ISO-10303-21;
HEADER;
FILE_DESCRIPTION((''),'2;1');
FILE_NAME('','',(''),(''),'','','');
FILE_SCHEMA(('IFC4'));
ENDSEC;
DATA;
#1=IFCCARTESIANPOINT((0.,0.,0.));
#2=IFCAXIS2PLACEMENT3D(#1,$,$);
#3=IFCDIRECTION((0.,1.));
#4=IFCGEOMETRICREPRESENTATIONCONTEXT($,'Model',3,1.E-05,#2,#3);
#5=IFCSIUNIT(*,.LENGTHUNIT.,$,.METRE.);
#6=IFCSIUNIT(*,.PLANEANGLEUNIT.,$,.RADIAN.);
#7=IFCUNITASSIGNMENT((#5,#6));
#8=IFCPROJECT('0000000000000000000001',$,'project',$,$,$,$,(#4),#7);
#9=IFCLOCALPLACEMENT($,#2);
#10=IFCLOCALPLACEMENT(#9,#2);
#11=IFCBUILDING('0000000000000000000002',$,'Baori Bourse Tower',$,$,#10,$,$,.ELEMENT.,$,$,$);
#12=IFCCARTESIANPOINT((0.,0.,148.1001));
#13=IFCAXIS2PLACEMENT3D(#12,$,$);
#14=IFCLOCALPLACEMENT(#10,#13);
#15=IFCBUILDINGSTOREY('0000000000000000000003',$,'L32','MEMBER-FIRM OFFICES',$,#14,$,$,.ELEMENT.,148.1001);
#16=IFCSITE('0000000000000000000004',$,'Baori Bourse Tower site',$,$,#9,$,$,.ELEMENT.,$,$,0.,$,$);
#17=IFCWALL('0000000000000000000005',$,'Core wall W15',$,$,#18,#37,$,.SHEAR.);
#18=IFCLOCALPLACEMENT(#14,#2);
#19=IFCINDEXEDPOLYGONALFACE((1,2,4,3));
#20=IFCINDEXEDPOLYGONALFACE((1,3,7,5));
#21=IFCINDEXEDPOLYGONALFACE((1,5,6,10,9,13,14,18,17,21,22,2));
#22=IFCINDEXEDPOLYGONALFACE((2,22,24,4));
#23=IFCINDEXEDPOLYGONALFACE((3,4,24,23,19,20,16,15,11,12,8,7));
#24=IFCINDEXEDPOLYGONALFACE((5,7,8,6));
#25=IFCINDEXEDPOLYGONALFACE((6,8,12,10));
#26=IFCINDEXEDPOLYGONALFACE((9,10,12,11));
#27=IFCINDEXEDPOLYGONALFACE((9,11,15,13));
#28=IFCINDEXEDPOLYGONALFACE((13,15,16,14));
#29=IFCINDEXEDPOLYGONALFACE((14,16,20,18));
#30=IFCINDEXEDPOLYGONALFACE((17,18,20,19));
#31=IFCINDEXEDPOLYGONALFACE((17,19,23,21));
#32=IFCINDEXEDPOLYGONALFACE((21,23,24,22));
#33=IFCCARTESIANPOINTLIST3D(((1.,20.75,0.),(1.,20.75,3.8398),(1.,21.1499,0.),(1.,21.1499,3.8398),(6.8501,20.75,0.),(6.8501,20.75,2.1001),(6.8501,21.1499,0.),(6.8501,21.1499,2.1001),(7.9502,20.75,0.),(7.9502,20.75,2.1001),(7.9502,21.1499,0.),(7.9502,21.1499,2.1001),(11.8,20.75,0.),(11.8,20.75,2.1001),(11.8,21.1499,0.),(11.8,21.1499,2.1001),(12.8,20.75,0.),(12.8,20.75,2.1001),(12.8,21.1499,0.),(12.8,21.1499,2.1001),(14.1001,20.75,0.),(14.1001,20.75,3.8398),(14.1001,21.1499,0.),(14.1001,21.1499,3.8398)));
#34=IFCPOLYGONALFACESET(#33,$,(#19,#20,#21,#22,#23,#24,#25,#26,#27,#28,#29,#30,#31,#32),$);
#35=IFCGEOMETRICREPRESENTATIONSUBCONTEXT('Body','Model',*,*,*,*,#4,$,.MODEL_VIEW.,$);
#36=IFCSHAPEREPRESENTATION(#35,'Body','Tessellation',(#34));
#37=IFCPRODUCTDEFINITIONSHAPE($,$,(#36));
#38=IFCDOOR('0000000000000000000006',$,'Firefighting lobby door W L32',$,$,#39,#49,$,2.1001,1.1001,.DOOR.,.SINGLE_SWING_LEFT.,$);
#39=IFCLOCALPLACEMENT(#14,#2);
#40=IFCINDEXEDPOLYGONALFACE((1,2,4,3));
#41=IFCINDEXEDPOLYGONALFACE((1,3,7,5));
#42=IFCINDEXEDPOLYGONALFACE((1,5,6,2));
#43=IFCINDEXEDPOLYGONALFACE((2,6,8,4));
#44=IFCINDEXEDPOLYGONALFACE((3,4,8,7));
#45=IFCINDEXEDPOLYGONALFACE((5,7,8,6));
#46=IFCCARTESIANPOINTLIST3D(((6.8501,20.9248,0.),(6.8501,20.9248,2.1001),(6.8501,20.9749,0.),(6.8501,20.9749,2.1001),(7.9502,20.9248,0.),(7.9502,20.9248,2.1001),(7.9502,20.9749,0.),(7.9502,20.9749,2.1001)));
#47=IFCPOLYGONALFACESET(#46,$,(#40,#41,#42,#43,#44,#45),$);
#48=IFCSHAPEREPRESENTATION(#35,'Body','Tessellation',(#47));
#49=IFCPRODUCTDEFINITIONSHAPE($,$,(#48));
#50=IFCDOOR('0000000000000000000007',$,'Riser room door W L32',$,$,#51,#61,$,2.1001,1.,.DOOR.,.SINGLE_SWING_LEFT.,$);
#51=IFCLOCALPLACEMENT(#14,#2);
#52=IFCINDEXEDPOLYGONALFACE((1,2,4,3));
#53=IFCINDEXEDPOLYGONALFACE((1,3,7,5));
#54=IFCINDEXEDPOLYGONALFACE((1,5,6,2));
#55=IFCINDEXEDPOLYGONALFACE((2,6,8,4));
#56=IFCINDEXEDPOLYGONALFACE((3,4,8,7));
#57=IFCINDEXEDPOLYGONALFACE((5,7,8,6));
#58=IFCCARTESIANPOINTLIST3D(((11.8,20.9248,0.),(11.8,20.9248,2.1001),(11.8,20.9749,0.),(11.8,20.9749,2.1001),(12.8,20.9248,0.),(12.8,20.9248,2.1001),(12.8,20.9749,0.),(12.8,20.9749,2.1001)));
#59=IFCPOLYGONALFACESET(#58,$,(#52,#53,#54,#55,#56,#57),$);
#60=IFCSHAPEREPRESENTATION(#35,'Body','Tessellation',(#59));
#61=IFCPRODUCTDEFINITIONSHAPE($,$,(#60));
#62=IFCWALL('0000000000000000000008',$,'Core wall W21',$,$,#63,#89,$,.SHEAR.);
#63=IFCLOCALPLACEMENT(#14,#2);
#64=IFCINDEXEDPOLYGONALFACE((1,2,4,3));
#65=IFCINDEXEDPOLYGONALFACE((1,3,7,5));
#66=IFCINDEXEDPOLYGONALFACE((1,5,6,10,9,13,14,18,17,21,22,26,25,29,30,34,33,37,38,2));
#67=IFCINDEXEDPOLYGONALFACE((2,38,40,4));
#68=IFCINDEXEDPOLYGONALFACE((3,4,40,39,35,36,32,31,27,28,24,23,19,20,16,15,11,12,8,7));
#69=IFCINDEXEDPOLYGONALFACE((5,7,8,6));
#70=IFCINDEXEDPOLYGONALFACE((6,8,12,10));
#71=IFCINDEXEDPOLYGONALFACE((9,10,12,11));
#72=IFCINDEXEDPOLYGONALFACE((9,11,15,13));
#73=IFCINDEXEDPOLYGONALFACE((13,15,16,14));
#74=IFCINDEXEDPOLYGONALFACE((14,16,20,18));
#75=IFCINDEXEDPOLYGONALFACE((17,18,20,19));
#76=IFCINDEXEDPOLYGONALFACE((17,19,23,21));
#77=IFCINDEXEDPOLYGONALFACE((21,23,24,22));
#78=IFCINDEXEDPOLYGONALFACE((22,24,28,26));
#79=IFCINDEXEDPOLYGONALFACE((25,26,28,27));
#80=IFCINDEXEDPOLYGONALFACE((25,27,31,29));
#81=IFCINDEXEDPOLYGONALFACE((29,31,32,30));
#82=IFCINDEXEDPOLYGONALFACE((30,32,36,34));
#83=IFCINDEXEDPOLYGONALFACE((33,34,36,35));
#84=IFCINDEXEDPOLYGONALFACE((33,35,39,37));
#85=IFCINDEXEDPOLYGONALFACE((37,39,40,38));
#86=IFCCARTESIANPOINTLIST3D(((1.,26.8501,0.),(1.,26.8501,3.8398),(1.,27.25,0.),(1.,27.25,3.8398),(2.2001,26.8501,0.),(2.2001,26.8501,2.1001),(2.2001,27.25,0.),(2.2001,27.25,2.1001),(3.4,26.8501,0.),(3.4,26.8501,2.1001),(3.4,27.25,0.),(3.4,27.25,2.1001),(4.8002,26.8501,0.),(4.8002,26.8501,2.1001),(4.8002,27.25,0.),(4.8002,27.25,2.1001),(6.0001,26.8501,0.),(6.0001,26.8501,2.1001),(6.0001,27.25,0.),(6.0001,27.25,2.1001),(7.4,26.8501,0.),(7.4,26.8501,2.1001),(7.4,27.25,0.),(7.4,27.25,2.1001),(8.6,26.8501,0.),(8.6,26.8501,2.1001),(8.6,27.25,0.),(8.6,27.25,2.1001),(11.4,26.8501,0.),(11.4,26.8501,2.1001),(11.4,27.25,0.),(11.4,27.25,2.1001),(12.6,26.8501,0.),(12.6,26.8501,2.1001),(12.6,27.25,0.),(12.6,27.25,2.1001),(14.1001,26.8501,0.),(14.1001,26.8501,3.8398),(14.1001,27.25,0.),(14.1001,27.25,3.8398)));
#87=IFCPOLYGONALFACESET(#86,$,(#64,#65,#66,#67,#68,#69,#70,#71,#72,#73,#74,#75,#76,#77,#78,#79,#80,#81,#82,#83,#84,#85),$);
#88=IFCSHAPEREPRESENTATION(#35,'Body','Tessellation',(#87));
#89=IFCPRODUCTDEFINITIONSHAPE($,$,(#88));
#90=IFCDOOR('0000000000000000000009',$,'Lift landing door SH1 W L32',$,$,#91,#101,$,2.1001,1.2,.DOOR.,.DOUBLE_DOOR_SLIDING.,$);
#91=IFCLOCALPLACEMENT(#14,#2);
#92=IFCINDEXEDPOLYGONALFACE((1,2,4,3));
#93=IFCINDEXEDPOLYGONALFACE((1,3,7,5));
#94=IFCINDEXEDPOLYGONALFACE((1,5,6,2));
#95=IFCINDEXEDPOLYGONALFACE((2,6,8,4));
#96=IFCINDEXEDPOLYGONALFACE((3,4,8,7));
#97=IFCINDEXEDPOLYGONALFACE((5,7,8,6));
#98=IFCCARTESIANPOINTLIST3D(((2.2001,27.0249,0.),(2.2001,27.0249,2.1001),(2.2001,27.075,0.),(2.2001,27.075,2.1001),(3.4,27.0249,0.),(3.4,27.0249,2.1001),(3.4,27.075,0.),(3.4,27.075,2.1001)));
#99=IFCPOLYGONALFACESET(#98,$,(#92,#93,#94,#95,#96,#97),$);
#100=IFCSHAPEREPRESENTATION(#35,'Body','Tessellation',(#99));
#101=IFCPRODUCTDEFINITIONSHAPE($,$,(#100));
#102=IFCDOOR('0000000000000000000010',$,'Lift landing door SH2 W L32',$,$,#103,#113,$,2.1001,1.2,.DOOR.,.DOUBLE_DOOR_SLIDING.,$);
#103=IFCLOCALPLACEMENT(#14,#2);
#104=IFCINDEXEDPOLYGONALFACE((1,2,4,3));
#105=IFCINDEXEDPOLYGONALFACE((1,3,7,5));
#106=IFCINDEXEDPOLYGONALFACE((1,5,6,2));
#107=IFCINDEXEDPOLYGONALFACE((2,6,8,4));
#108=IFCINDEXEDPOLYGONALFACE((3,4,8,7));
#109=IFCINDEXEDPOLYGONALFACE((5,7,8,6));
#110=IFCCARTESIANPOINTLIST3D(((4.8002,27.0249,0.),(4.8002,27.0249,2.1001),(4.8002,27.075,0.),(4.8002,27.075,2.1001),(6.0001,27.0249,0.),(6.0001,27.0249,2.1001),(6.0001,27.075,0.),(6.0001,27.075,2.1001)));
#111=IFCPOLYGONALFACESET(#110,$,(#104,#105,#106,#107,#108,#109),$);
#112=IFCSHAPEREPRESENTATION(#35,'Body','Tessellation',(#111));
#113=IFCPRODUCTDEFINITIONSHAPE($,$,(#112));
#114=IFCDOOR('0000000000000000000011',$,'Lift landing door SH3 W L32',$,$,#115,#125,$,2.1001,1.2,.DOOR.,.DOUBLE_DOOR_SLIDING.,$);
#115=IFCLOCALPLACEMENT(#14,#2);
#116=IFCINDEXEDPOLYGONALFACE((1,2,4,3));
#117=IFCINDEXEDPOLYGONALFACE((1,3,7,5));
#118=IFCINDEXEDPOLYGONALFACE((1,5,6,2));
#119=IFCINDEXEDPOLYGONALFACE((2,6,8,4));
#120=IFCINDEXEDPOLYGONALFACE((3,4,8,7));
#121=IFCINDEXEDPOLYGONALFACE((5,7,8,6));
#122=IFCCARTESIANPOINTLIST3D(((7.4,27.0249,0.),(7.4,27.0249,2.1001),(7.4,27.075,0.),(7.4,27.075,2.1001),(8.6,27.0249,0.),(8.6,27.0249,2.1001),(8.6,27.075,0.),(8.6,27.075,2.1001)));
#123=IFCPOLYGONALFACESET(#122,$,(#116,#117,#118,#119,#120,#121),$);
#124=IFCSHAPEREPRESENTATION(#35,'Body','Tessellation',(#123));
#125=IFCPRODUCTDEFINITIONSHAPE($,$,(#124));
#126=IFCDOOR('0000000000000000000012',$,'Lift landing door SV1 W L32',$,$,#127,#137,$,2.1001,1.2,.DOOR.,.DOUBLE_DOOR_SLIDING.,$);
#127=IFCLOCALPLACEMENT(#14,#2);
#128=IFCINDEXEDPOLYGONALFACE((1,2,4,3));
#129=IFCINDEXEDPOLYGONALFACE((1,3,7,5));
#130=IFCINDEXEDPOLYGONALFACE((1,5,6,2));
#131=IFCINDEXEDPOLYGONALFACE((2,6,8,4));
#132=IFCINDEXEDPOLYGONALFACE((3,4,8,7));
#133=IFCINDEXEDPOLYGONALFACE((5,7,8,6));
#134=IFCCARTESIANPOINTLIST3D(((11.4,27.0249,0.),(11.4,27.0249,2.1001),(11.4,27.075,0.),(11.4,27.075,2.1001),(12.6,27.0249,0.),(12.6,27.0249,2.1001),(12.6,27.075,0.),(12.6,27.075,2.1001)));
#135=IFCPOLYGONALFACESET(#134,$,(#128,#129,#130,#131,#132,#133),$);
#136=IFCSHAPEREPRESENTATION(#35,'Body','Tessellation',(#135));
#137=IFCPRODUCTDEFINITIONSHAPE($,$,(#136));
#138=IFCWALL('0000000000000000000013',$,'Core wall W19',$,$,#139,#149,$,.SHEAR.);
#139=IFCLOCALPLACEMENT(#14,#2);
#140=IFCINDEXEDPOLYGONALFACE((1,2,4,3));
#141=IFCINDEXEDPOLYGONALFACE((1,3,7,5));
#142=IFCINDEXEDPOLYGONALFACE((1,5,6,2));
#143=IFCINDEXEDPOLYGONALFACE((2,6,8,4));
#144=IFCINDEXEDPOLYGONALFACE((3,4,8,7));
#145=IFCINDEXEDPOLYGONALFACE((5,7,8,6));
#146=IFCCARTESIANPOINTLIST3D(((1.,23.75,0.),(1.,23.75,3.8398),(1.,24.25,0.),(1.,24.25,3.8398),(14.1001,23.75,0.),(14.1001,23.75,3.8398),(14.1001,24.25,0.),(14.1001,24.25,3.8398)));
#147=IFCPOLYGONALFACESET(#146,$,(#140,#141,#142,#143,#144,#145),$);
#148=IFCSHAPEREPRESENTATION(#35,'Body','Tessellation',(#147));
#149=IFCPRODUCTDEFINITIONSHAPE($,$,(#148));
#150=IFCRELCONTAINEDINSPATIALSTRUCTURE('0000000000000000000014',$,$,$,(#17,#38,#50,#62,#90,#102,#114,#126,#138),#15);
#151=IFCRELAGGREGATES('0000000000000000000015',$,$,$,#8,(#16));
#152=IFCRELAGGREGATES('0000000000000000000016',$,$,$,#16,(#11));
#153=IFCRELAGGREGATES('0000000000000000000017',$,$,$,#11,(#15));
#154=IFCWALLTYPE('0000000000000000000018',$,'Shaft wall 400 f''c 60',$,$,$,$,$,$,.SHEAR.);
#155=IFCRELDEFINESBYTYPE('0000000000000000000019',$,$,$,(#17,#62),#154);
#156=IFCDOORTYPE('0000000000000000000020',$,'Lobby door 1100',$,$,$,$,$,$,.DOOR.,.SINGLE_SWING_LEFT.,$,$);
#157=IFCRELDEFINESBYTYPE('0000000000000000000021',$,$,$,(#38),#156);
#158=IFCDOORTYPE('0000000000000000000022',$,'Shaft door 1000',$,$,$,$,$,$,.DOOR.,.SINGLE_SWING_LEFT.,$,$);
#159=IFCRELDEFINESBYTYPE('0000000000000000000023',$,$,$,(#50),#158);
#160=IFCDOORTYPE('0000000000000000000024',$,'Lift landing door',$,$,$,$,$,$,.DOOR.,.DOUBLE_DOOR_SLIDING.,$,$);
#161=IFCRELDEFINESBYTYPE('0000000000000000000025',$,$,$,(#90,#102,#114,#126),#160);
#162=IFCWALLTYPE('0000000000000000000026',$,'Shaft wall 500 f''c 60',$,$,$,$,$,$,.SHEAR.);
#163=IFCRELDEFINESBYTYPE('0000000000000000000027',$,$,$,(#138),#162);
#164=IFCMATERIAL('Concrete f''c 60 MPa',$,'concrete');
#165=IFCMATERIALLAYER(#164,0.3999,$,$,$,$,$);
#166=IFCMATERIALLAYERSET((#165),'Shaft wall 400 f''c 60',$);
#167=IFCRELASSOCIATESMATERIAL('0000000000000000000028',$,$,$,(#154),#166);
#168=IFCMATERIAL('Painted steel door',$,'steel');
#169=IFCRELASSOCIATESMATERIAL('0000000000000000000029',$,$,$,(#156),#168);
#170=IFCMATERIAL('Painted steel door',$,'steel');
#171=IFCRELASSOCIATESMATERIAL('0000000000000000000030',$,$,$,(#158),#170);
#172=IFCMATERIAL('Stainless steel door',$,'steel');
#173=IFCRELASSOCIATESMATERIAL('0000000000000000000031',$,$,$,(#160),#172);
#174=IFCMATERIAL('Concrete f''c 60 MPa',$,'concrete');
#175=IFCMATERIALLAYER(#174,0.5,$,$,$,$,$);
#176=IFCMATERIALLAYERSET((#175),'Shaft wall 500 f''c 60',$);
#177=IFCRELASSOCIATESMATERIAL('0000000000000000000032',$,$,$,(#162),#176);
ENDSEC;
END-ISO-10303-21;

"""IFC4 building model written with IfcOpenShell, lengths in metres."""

from ifc_helpers import new_model, si_unit, direction, frame, frame_2d, origin, place, context, subcontext, project, spatial, rectangle, extrude, material, layer, layer_set, type_object, element, fill, save


model = new_model("IFC4")

# Units and contexts
model_context = context("Model", 3, precision=1e-05, world=origin(), true_north=direction((0.0, 1.0)))
body_context = subcontext(model_context, "Body", "Model", "MODEL_VIEW")
ifc_project = project(units=[si_unit("LENGTHUNIT", "METRE"), si_unit("PLANEANGLEUNIT", "RADIAN")], contexts=[model_context])

# Site, building, storey
site_placement = place(None, origin())
site = spatial("IfcSite", under=ifc_project, at=site_placement, Name="Baori Bourse Tower site", CompositionType="ELEMENT", RefElevation=0.0)
building_placement = place(site_placement, origin())
building = spatial("IfcBuilding", under=site, at=building_placement, Name="Baori Bourse Tower", CompositionType="ELEMENT")
storey_placement = place(building_placement, frame((0.0, 0.0, 148.1001)))
storey = spatial("IfcBuildingStorey", under=building, at=storey_placement, Name="L32", Description="MEMBER-FIRM OFFICES", CompositionType="ELEMENT", Elevation=148.1001)

# Shared definitions
ifc_material_1 = material(Name="Concrete f'c 60 MPa", Category="concrete")
ifc_layer_1 = layer(ifc_material_1, 0.3999)
ifc_layer_set_1 = layer_set([ifc_layer_1], Name="Shaft wall 400 f'c 60")
wall_type_1 = type_object("IfcWallType", Name="Shaft wall 400 f'c 60", PredefinedType="SHEAR", material=ifc_layer_set_1)

# Walls, openings, doors
wall_1_placement = place(storey_placement, frame((1.0, 20.95, 0.0), z_axis=(0.0, 0.0, 1.0), x_axis=(1.0, 0.0, 0.0)))
wall_1 = element("IfcWall", 1, at=wall_1_placement, inside=storey, type_object=wall_type_1, Name="Core wall W15", PredefinedType="SHEAR", context=body_context, shape_type="SweptSolid", body=[
    extrude(rectangle(XDim=13.1001, YDim=0.3999, at=frame_2d((6.55, 0.0))), origin(), (0.0, 0.0, 1.0), 3.8398),
])
opening_1_placement = place(wall_1_placement, frame((5.8501, 0.0, 0.0)))
opening_1 = element("IfcOpeningElement", 2, at=opening_1_placement, cuts=wall_1, PredefinedType="OPENING", context=body_context, shape_type="SweptSolid", body=[
    extrude(rectangle(XDim=1.1001, YDim=2.1001, at=frame_2d((0.55, 1.05))), frame((0.0, 0.21, 0.0), z_axis=(0.0, -1.0, 0.0), x_axis=(1.0, 0.0, 0.0)), (0.0, 0.0, 1.0), 0.4199),
])
opening_2_placement = place(wall_1_placement, frame((10.8, 0.0, 0.0)))
opening_2 = element("IfcOpeningElement", 3, at=opening_2_placement, cuts=wall_1, PredefinedType="OPENING", context=body_context, shape_type="SweptSolid", body=[
    extrude(rectangle(XDim=1.0, YDim=2.1001, at=frame_2d((0.5, 1.05))), frame((0.0, 0.21, 0.0), z_axis=(0.0, -1.0, 0.0), x_axis=(1.0, 0.0, 0.0)), (0.0, 0.0, 1.0), 0.4199),
])
ifc_material_2 = material(Name="Painted steel door", Category="steel")
door_type_1 = type_object("IfcDoorType", Name="Lobby door 1100", OperationType="SINGLE_SWING_LEFT", PredefinedType="DOOR", material=ifc_material_2)
door_1_placement = place(opening_1_placement, origin())
door_1 = element("IfcDoor", 4, at=door_1_placement, inside=storey, type_object=door_type_1, Name="Firefighting lobby door W L32", OperationType="SINGLE_SWING_LEFT", OverallHeight=2.1001, OverallWidth=1.1001, PredefinedType="DOOR", context=body_context, shape_type="SweptSolid", body=[
    extrude(rectangle(XDim=1.1001, YDim=2.1001, at=frame_2d((0.55, 1.05))), frame((0.0, 0.0249, 0.0), z_axis=(0.0, -1.0, 0.0), x_axis=(1.0, 0.0, 0.0)), (0.0, 0.0, 1.0), 0.05),
])
fill(opening_1, door_1)
ifc_material_3 = material(Name="Painted steel door", Category="steel")
door_type_2 = type_object("IfcDoorType", Name="Shaft door 1000", OperationType="SINGLE_SWING_LEFT", PredefinedType="DOOR", material=ifc_material_3)
door_2_placement = place(opening_2_placement, origin())
door_2 = element("IfcDoor", 5, at=door_2_placement, inside=storey, type_object=door_type_2, Name="Riser room door W L32", OperationType="SINGLE_SWING_LEFT", OverallHeight=2.1001, OverallWidth=1.0, PredefinedType="DOOR", context=body_context, shape_type="SweptSolid", body=[
    extrude(rectangle(XDim=1.0, YDim=2.1001, at=frame_2d((0.5, 1.05))), frame((0.0, 0.0249, 0.0), z_axis=(0.0, -1.0, 0.0), x_axis=(1.0, 0.0, 0.0)), (0.0, 0.0, 1.0), 0.05),
])
fill(opening_2, door_2)
wall_2_placement = place(storey_placement, frame((1.0, 27.05, 0.0), z_axis=(0.0, 0.0, 1.0), x_axis=(1.0, 0.0, 0.0)))
wall_2 = element("IfcWall", 6, at=wall_2_placement, inside=storey, type_object=wall_type_1, Name="Core wall W21", PredefinedType="SHEAR", context=body_context, shape_type="SweptSolid", body=[
    extrude(rectangle(XDim=13.1001, YDim=0.3999, at=frame_2d((6.55, 0.0))), origin(), (0.0, 0.0, 1.0), 3.8398),
])
opening_3_placement = place(wall_2_placement, frame((1.2, 0.0, 0.0)))
opening_3 = element("IfcOpeningElement", 7, at=opening_3_placement, cuts=wall_2, PredefinedType="OPENING", context=body_context, shape_type="SweptSolid", body=[
    extrude(rectangle(XDim=1.2, YDim=2.1001, at=frame_2d((0.6001, 1.05))), frame((0.0, 0.21, 0.0), z_axis=(0.0, -1.0, 0.0), x_axis=(1.0, 0.0, 0.0)), (0.0, 0.0, 1.0), 0.4199),
])
opening_4_placement = place(wall_2_placement, frame((3.8, 0.0, 0.0)))
opening_4 = element("IfcOpeningElement", 8, at=opening_4_placement, cuts=wall_2, PredefinedType="OPENING", context=body_context, shape_type="SweptSolid", body=[
    extrude(rectangle(XDim=1.2, YDim=2.1001, at=frame_2d((0.6001, 1.05))), frame((0.0, 0.21, 0.0), z_axis=(0.0, -1.0, 0.0), x_axis=(1.0, 0.0, 0.0)), (0.0, 0.0, 1.0), 0.4199),
])
opening_5_placement = place(wall_2_placement, frame((6.3999, 0.0, 0.0)))
opening_5 = element("IfcOpeningElement", 9, at=opening_5_placement, cuts=wall_2, PredefinedType="OPENING", context=body_context, shape_type="SweptSolid", body=[
    extrude(rectangle(XDim=1.2, YDim=2.1001, at=frame_2d((0.6001, 1.05))), frame((0.0, 0.21, 0.0), z_axis=(0.0, -1.0, 0.0), x_axis=(1.0, 0.0, 0.0)), (0.0, 0.0, 1.0), 0.4199),
])
opening_6_placement = place(wall_2_placement, frame((10.3999, 0.0, 0.0)))
opening_6 = element("IfcOpeningElement", 10, at=opening_6_placement, cuts=wall_2, PredefinedType="OPENING", context=body_context, shape_type="SweptSolid", body=[
    extrude(rectangle(XDim=1.2, YDim=2.1001, at=frame_2d((0.6001, 1.05))), frame((0.0, 0.21, 0.0), z_axis=(0.0, -1.0, 0.0), x_axis=(1.0, 0.0, 0.0)), (0.0, 0.0, 1.0), 0.4199),
])
ifc_material_4 = material(Name="Stainless steel door", Category="steel")
door_type_3 = type_object("IfcDoorType", Name="Lift landing door", OperationType="DOUBLE_DOOR_SLIDING", PredefinedType="DOOR", material=ifc_material_4)
door_3_placement = place(opening_3_placement, origin())
door_3 = element("IfcDoor", 11, at=door_3_placement, inside=storey, type_object=door_type_3, Name="Lift landing door SH1 W L32", OperationType="DOUBLE_DOOR_SLIDING", OverallHeight=2.1001, OverallWidth=1.2, PredefinedType="DOOR", context=body_context, shape_type="SweptSolid", body=[
    extrude(rectangle(XDim=1.2, YDim=2.1001, at=frame_2d((0.6001, 1.05))), frame((0.0, 0.0249, 0.0), z_axis=(0.0, -1.0, 0.0), x_axis=(1.0, 0.0, 0.0)), (0.0, 0.0, 1.0), 0.05),
])
fill(opening_3, door_3)
door_4_placement = place(opening_4_placement, origin())
door_4 = element("IfcDoor", 12, at=door_4_placement, inside=storey, type_object=door_type_3, Name="Lift landing door SH2 W L32", OperationType="DOUBLE_DOOR_SLIDING", OverallHeight=2.1001, OverallWidth=1.2, PredefinedType="DOOR", context=body_context, shape_type="SweptSolid", body=[
    extrude(rectangle(XDim=1.2, YDim=2.1001, at=frame_2d((0.6001, 1.05))), frame((0.0, 0.0249, 0.0), z_axis=(0.0, -1.0, 0.0), x_axis=(1.0, 0.0, 0.0)), (0.0, 0.0, 1.0), 0.05),
])
fill(opening_4, door_4)
door_5_placement = place(opening_5_placement, origin())
door_5 = element("IfcDoor", 13, at=door_5_placement, inside=storey, type_object=door_type_3, Name="Lift landing door SH3 W L32", OperationType="DOUBLE_DOOR_SLIDING", OverallHeight=2.1001, OverallWidth=1.2, PredefinedType="DOOR", context=body_context, shape_type="SweptSolid", body=[
    extrude(rectangle(XDim=1.2, YDim=2.1001, at=frame_2d((0.6001, 1.05))), frame((0.0, 0.0249, 0.0), z_axis=(0.0, -1.0, 0.0), x_axis=(1.0, 0.0, 0.0)), (0.0, 0.0, 1.0), 0.05),
])
fill(opening_5, door_5)
door_6_placement = place(opening_6_placement, origin())
door_6 = element("IfcDoor", 14, at=door_6_placement, inside=storey, type_object=door_type_3, Name="Lift landing door SV1 W L32", OperationType="DOUBLE_DOOR_SLIDING", OverallHeight=2.1001, OverallWidth=1.2, PredefinedType="DOOR", context=body_context, shape_type="SweptSolid", body=[
    extrude(rectangle(XDim=1.2, YDim=2.1001, at=frame_2d((0.6001, 1.05))), frame((0.0, 0.0249, 0.0), z_axis=(0.0, -1.0, 0.0), x_axis=(1.0, 0.0, 0.0)), (0.0, 0.0, 1.0), 0.05),
])
fill(opening_6, door_6)

# Wall
ifc_material_5 = material(Name="Concrete f'c 60 MPa", Category="concrete")
ifc_layer_2 = layer(ifc_material_5, 0.5)
ifc_layer_set_2 = layer_set([ifc_layer_2], Name="Shaft wall 500 f'c 60")
wall_type_2 = type_object("IfcWallType", Name="Shaft wall 500 f'c 60", PredefinedType="SHEAR", material=ifc_layer_set_2)
wall_3_placement = place(storey_placement, frame((1.0, 24.0, 0.0), z_axis=(0.0, 0.0, 1.0), x_axis=(1.0, 0.0, 0.0)))
element("IfcWall", 15, at=wall_3_placement, inside=storey, type_object=wall_type_2, Name="Core wall W19", PredefinedType="SHEAR", context=body_context, shape_type="SweptSolid", body=[
    extrude(rectangle(XDim=13.1001, YDim=0.5, at=frame_2d((6.55, 0.0))), origin(), (0.0, 0.0, 1.0), 3.8398),
])

save(model, "model.ifc")
